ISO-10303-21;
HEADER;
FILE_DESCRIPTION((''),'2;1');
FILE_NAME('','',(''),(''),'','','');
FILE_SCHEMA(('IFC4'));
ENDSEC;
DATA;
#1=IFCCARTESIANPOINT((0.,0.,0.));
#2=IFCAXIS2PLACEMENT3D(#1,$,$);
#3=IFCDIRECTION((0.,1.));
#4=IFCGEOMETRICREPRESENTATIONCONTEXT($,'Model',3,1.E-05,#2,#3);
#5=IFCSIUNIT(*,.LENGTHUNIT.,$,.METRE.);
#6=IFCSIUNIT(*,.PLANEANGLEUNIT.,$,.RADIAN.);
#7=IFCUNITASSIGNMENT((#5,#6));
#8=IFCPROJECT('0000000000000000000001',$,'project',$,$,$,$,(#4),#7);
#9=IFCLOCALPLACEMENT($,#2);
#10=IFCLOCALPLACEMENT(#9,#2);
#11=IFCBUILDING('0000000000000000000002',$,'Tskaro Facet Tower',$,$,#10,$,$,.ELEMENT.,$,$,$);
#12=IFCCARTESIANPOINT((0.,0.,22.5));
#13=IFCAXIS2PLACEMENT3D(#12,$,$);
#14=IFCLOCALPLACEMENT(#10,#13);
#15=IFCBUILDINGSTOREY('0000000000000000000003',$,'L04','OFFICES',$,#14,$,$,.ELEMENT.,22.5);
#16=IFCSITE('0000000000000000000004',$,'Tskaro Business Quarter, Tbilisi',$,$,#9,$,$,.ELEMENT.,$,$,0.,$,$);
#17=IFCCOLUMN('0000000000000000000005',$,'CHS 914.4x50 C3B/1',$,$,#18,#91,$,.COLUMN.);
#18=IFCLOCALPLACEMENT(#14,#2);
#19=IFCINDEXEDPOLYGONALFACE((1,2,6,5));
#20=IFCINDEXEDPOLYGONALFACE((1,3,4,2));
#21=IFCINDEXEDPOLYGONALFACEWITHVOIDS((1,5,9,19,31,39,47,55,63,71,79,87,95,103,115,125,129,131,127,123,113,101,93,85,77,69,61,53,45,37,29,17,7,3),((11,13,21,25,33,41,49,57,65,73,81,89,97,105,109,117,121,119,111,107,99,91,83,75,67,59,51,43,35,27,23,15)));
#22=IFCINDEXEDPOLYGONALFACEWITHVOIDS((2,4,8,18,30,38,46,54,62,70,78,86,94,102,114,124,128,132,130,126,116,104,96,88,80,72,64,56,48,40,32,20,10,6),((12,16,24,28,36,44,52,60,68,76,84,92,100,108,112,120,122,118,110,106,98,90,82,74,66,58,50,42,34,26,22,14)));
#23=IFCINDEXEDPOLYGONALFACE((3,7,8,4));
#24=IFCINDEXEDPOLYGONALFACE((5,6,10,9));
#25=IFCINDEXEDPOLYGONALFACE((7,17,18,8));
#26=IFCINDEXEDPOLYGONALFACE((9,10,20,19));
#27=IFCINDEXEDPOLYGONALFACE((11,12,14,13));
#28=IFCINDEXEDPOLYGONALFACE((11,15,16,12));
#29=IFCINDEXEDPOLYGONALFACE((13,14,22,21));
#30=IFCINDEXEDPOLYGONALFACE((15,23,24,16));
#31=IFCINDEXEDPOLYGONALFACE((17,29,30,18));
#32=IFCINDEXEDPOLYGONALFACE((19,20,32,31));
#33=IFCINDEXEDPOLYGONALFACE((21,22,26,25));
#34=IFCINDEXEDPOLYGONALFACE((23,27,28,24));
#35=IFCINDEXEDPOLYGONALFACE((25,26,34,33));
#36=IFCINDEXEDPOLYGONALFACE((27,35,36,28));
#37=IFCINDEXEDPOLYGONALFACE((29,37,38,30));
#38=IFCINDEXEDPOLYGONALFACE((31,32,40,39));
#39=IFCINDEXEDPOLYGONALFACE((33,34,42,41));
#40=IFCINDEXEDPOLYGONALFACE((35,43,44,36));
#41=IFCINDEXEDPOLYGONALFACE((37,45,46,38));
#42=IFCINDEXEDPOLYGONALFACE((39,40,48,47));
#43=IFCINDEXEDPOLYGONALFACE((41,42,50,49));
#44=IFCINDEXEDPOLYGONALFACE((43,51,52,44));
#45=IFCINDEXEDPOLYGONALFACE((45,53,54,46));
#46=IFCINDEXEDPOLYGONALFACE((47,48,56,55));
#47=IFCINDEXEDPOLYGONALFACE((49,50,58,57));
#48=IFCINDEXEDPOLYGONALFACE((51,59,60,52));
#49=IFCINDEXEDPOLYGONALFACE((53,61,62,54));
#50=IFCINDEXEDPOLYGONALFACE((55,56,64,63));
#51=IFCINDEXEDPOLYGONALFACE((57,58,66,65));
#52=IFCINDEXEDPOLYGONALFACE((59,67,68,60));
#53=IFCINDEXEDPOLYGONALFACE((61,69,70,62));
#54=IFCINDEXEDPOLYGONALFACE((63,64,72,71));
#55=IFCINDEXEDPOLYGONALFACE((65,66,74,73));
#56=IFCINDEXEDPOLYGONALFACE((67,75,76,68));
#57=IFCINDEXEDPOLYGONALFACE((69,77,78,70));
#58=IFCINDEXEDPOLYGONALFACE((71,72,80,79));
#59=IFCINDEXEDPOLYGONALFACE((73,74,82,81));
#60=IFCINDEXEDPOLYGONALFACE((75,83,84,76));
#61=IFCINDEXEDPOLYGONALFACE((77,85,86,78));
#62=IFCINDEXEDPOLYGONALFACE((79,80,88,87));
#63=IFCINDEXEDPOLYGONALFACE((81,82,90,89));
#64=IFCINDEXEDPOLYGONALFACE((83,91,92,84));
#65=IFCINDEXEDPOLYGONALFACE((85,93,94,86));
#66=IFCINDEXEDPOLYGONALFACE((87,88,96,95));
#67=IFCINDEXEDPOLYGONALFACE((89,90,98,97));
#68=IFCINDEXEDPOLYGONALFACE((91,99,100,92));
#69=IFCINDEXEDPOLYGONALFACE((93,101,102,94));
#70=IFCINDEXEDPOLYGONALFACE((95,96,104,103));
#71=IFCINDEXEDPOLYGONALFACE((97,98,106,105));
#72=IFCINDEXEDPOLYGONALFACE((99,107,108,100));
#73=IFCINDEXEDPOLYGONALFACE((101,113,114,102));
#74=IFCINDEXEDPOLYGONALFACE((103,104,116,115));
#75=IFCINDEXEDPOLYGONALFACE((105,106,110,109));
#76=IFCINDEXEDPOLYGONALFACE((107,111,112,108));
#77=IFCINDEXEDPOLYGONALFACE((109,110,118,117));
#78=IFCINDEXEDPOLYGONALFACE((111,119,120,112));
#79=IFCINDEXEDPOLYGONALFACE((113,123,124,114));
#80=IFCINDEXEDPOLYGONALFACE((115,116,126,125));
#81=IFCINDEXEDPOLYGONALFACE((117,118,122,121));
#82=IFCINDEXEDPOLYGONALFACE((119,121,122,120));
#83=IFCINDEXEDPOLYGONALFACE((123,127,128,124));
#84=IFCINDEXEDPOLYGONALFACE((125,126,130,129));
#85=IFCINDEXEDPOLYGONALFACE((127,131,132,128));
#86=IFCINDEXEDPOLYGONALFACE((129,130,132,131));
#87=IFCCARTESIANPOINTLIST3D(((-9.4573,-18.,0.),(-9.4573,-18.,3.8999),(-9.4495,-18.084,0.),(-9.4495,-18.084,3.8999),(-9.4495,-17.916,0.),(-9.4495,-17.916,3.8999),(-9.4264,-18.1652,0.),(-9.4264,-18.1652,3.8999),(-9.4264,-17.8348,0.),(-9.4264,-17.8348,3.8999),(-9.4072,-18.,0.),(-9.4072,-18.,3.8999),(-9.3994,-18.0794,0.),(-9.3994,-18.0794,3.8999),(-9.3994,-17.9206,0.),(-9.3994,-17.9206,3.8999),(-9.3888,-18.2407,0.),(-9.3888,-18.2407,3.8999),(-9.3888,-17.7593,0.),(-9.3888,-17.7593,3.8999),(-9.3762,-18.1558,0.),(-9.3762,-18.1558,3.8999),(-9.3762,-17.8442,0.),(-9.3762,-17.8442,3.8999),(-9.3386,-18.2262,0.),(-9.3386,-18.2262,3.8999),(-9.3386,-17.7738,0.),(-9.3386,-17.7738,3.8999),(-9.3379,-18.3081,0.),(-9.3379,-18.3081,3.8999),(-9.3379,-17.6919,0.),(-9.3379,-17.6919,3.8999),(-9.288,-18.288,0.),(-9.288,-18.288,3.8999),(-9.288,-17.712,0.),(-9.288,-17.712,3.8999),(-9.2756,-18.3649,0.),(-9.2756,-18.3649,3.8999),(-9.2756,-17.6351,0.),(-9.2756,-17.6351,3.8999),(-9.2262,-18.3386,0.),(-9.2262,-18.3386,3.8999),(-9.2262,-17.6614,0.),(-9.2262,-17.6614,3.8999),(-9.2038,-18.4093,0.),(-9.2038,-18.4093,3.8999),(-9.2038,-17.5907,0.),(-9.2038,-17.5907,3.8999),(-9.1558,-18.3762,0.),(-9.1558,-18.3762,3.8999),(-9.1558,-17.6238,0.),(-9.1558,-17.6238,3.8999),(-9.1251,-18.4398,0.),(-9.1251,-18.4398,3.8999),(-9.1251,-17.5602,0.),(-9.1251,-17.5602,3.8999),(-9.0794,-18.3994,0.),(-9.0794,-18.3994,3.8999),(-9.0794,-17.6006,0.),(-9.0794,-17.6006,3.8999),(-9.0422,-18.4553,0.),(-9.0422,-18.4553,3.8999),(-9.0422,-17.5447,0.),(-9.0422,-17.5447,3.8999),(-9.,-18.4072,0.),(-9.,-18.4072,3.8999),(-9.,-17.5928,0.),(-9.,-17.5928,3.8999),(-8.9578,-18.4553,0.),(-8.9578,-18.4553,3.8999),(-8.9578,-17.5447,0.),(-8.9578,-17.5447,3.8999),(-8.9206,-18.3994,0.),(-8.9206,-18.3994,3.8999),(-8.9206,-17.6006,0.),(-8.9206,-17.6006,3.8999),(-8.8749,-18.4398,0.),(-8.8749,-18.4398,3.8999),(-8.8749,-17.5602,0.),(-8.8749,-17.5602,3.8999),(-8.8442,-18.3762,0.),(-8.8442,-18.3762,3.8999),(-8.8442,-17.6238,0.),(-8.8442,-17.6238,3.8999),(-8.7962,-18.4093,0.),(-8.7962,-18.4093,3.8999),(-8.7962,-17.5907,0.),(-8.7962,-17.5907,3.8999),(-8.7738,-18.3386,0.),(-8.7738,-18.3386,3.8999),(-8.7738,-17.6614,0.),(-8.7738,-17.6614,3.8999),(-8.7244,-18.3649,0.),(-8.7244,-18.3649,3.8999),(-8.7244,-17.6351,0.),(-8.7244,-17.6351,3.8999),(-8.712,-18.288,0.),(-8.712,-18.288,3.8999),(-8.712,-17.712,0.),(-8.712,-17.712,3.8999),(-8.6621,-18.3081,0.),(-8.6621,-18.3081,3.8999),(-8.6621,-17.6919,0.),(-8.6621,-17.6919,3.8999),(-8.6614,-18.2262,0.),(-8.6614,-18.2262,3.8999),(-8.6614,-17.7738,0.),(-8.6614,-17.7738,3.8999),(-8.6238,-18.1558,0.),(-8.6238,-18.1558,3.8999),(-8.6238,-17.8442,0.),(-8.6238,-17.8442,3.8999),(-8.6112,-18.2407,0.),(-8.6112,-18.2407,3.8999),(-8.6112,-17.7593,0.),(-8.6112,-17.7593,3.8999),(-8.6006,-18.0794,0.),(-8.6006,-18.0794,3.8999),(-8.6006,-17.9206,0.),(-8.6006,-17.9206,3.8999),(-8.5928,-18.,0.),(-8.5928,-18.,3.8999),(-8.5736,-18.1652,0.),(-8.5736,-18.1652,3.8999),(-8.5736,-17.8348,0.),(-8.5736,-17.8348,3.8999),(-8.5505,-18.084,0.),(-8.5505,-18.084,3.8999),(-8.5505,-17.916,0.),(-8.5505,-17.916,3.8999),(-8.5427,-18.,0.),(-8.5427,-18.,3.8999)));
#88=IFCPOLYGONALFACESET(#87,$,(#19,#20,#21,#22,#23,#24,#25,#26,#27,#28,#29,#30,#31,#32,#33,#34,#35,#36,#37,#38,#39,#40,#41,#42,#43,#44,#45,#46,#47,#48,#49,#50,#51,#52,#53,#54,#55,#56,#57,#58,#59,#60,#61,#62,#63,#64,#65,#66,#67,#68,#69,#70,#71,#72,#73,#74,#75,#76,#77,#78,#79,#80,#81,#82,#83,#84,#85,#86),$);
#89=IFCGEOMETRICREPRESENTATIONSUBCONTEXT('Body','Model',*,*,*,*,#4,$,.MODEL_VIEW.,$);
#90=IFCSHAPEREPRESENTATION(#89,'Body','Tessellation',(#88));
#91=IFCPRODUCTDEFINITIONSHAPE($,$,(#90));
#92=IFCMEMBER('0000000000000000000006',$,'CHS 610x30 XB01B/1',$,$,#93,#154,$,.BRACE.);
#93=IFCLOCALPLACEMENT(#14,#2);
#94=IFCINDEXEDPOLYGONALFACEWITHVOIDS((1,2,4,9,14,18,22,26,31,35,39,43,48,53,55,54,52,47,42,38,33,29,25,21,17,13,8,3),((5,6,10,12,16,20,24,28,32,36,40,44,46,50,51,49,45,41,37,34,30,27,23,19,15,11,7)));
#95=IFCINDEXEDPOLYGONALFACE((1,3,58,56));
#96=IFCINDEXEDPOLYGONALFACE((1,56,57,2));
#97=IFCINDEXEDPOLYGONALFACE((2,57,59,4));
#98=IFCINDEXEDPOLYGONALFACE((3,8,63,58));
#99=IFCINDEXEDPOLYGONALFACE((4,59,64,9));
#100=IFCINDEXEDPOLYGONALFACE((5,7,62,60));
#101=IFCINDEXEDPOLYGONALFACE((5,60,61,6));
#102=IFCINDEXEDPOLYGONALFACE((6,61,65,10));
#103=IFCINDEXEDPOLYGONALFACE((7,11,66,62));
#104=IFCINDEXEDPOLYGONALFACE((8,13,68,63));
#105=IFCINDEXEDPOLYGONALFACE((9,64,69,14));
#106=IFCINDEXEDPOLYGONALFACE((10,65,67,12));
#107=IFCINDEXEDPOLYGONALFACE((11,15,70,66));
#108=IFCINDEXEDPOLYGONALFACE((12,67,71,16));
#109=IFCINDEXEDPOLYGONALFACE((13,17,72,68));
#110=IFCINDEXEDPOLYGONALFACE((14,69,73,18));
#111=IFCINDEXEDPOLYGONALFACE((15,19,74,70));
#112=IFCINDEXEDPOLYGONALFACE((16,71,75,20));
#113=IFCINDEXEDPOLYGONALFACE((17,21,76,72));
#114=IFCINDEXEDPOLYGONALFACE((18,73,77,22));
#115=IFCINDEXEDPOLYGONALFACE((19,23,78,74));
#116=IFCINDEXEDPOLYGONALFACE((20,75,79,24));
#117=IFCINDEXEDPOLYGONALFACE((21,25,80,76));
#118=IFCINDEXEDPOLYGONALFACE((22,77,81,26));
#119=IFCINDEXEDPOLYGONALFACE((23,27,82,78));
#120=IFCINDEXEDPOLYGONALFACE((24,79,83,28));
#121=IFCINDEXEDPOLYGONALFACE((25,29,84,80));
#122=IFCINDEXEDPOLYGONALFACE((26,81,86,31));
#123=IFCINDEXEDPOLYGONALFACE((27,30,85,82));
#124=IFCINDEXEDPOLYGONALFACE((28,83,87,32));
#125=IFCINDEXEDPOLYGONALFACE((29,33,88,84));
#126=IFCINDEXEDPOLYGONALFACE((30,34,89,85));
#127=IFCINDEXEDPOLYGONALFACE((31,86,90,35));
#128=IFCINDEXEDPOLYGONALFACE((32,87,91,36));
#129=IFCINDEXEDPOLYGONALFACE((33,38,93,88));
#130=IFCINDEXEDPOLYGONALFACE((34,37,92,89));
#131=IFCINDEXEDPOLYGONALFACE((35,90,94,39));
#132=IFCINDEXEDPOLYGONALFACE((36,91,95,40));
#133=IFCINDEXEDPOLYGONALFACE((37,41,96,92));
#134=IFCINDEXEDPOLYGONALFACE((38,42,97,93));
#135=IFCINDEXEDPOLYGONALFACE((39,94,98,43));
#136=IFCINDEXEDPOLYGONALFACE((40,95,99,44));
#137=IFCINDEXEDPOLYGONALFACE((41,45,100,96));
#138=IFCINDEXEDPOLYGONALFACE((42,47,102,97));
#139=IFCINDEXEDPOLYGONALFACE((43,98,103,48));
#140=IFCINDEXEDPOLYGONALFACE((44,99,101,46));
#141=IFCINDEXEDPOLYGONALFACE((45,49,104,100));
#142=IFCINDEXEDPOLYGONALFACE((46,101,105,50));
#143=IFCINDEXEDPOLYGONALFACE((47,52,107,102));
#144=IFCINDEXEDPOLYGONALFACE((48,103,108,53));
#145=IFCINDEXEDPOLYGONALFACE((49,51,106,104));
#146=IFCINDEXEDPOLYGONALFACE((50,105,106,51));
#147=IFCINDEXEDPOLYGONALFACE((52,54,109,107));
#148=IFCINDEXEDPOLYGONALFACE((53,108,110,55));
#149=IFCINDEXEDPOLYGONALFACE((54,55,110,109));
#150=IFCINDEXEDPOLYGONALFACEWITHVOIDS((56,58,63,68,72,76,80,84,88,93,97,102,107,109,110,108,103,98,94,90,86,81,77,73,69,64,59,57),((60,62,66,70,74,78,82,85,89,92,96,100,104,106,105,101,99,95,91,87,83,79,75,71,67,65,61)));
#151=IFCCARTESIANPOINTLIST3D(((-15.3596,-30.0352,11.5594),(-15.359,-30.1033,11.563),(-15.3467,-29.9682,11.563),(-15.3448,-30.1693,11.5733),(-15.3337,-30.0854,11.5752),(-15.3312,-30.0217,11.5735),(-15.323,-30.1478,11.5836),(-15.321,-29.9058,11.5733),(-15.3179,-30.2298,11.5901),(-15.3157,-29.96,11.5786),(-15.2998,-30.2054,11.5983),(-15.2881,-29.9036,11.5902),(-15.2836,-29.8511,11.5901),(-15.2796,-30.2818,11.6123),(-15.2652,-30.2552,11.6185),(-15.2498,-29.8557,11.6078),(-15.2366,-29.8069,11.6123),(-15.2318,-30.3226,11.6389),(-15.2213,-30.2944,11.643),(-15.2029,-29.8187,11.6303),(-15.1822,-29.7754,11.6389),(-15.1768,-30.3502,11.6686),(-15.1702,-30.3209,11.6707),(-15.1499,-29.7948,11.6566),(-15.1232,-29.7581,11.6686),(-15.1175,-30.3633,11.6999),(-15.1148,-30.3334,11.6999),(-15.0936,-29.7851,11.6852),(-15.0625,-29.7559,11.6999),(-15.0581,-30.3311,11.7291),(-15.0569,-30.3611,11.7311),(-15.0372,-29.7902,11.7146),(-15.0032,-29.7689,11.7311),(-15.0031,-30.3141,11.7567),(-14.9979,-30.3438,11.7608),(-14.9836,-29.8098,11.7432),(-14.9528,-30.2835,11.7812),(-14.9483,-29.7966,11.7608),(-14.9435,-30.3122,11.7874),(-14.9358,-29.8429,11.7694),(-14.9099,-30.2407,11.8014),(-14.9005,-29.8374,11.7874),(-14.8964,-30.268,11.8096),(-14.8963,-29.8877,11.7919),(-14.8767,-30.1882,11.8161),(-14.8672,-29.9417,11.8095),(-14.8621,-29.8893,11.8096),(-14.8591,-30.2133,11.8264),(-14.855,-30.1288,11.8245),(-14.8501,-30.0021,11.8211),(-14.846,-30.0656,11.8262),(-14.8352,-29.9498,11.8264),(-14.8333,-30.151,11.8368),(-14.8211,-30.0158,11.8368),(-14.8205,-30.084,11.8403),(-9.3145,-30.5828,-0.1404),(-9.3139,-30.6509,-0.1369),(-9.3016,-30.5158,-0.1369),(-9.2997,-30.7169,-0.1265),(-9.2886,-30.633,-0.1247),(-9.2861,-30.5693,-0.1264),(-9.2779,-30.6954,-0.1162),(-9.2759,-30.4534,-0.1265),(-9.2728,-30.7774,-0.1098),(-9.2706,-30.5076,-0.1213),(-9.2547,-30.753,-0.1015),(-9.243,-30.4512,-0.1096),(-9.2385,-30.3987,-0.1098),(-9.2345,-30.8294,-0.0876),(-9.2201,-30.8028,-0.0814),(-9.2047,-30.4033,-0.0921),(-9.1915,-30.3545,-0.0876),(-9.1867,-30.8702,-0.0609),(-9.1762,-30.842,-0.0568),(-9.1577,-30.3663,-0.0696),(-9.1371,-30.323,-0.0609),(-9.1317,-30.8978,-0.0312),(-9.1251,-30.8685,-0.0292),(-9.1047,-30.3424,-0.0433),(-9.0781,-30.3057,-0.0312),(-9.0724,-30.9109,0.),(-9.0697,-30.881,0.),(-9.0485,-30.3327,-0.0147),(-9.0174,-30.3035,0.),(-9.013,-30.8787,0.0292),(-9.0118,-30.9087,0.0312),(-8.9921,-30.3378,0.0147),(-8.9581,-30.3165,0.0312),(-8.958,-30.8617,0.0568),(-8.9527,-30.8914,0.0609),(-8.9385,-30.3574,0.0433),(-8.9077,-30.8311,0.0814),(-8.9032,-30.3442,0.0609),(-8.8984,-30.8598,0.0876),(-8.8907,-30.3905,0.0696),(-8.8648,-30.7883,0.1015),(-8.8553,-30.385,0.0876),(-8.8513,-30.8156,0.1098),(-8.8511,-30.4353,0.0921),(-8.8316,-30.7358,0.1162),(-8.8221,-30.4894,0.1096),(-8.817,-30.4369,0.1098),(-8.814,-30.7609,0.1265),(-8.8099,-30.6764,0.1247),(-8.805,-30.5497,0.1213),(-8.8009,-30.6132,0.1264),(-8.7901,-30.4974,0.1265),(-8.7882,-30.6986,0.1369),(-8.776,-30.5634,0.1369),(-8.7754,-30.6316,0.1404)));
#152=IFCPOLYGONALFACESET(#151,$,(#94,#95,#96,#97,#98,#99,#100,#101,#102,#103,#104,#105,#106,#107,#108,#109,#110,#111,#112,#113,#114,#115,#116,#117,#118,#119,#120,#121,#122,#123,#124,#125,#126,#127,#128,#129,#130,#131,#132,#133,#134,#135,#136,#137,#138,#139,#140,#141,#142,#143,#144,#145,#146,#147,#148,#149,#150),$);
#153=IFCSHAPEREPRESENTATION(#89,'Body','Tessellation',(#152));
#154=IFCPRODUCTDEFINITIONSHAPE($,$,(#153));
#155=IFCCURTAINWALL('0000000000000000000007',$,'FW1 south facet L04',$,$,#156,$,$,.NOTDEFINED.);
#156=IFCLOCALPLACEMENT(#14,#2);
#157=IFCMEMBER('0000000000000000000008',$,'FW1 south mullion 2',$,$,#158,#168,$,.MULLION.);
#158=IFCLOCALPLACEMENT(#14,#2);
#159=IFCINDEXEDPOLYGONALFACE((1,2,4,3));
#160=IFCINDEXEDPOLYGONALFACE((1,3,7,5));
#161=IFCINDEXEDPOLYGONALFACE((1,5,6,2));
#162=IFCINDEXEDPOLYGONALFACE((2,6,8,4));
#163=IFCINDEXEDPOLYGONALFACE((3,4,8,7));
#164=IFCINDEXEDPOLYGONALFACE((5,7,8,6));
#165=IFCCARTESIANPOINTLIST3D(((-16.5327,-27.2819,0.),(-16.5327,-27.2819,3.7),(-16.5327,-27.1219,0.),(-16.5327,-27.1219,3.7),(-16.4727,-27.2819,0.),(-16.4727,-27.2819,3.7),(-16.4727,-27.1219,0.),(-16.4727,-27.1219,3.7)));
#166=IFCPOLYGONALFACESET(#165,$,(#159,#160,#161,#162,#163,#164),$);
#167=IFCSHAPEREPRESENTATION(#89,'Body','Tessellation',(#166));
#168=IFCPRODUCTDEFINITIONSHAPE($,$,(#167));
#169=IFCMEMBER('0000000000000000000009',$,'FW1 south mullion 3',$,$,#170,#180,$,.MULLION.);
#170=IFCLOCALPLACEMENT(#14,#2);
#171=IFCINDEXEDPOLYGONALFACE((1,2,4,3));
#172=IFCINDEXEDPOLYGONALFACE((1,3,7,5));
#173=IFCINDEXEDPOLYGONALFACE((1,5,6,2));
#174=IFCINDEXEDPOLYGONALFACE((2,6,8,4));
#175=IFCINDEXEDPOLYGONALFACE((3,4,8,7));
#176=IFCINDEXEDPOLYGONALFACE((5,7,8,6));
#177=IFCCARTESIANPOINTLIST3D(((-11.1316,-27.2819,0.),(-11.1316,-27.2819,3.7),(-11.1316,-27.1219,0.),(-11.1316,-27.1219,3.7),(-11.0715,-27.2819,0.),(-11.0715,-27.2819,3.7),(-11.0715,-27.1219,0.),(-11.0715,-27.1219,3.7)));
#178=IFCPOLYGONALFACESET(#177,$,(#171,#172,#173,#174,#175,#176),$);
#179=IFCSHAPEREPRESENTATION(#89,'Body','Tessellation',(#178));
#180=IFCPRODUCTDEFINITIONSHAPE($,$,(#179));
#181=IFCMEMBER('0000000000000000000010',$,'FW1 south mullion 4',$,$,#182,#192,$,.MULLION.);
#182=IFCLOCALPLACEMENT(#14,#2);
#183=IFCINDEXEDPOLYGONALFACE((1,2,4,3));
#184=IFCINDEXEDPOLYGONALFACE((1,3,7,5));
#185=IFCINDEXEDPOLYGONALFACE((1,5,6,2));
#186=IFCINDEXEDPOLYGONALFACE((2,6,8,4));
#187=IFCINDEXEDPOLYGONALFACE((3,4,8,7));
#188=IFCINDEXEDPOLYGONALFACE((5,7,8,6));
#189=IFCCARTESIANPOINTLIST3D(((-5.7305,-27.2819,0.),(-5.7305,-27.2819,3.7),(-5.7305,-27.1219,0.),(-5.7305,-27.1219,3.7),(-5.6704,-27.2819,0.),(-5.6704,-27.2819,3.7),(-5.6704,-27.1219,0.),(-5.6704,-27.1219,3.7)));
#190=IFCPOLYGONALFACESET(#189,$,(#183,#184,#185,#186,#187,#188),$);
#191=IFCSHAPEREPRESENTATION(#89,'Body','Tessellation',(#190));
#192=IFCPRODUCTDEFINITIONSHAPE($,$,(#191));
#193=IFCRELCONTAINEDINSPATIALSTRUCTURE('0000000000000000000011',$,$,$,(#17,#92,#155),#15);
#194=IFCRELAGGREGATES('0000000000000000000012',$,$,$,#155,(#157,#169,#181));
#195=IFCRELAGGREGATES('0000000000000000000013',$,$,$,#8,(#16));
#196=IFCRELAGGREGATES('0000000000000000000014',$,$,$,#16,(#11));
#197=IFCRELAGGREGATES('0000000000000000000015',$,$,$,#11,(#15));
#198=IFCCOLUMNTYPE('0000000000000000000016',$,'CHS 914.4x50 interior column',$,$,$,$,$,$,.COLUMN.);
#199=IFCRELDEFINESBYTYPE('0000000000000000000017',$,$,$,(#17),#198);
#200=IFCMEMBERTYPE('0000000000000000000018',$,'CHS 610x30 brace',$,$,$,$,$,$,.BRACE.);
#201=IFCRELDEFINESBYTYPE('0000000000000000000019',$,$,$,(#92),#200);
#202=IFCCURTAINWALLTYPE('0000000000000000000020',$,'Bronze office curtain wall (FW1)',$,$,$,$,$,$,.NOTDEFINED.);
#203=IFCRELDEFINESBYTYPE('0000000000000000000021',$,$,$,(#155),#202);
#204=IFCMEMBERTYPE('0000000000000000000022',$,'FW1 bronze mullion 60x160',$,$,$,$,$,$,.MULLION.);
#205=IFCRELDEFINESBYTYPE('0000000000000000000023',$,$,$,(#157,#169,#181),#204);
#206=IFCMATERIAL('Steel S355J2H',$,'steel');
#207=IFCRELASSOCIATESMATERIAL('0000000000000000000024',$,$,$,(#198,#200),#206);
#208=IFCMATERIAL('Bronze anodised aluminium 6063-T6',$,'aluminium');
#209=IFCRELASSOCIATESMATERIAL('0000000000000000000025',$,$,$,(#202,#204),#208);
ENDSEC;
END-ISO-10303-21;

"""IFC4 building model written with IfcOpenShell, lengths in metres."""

from ifc_helpers import new_model, si_unit, direction, frame, origin, origin_2d, place, context, subcontext, project, spatial, rectangle, hollow_circle, extrude, material, material_profile, profile_set, type_object, element, aggregate, save


model = new_model("IFC4")

# Units and contexts
model_context = context("Model", 3, precision=1e-05, world=origin(), true_north=direction((0.0, 1.0)))
body_context = subcontext(model_context, "Body", "Model", "MODEL_VIEW")
ifc_project = project(units=[si_unit("LENGTHUNIT", "METRE"), si_unit("PLANEANGLEUNIT", "RADIAN")], contexts=[model_context])

# Site, building, storey
site_placement = place(None, origin())
site = spatial("IfcSite", under=ifc_project, at=site_placement, Name="Tskaro Business Quarter, Tbilisi", CompositionType="ELEMENT", RefElevation=0.0)
building_placement = place(site_placement, origin())
building = spatial("IfcBuilding", under=site, at=building_placement, Name="Tskaro Facet Tower", CompositionType="ELEMENT")
storey_placement = place(building_placement, frame((0.0, 0.0, 22.5)))
storey = spatial("IfcBuildingStorey", under=building, at=storey_placement, Name="L04", Description="OFFICES", CompositionType="ELEMENT", Elevation=22.5)

# Column
ifc_material_1 = material(Name="Steel S355J2H", Category="steel")
ifc_material_profile_1 = material_profile(ifc_material_1, hollow_circle(Radius=0.4573, WallThickness=0.05, at=origin_2d()), Name="CHS 914.4x50")
ifc_profile_set_1 = profile_set([ifc_material_profile_1], Name="Steel S355J2H")
column_type_1 = type_object("IfcColumnType", Name="CHS 914.4x50 interior column", PredefinedType="COLUMN", material=ifc_profile_set_1)
column_1_placement = place(storey_placement, frame((-9.0, -18.0, 0.0), z_axis=(0.0, 0.0, 1.0), x_axis=(1.0, 0.0, 0.0)))
element("IfcColumn", 1, at=column_1_placement, inside=storey, type_object=column_type_1, Name="CHS 914.4x50 C3B/1", PredefinedType="COLUMN", context=body_context, shape_type="SweptSolid", body=[
    extrude(hollow_circle(Radius=0.4573, WallThickness=0.05, at=origin_2d()), origin(), (0.0, 0.0, 1.0), 3.8999),
])

# Member
ifc_material_profile_2 = material_profile(ifc_material_1, hollow_circle(Radius=0.3049, WallThickness=0.03, at=origin_2d()), Name="CHS 610x30")
ifc_profile_set_2 = profile_set([ifc_material_profile_2], Name="Steel S355J2H")
member_type_1 = type_object("IfcMemberType", Name="CHS 610x30 brace", PredefinedType="BRACE", material=ifc_profile_set_2)
member_1_placement = place(storey_placement, frame((-9.0449, -30.6072, 0.0), z_axis=(-0.458635, 0.041546, 0.887653), x_axis=(-0.090217, -0.995922, 0.0)))
element("IfcMember", 2, at=member_1_placement, inside=storey, type_object=member_type_1, Name="CHS 610x30 XB01B/1", PredefinedType="BRACE", context=body_context, shape_type="SweptSolid", body=[
    extrude(hollow_circle(Radius=0.3049, WallThickness=0.03, at=origin_2d()), origin(), (0.0, 0.0, 1.0), 13.1807),
])

# Curtain wall, members
ifc_material_2 = material(Name="Bronze anodised aluminium 6063-T6", Category="aluminium")
curtain_wall_type = type_object("IfcCurtainWallType", Name="Bronze office curtain wall (FW1)", PredefinedType="NOTDEFINED", material=ifc_material_2)
curtain_wall_placement = place(storey_placement, origin())
curtain_wall = element("IfcCurtainWall", 3, at=curtain_wall_placement, inside=storey, type_object=curtain_wall_type, Name="FW1 south facet L04", PredefinedType="NOTDEFINED")
ifc_material_profile_3 = material_profile(ifc_material_2, rectangle(XDim=0.0601, YDim=0.1599, at=origin_2d()), Name="Mullion 60x160")
ifc_profile_set_3 = profile_set([ifc_material_profile_3], Name="Bronze anodised aluminium 6063-T6")
member_type_2 = type_object("IfcMemberType", Name="FW1 bronze mullion 60x160", PredefinedType="MULLION", material=ifc_profile_set_3)
member_2_placement = place(storey_placement, frame((-16.5027, -27.2019, 0.0), z_axis=(0.0, 0.0, 1.0), x_axis=(1.0, 0.0, 0.0)))
member_2 = element("IfcMember", 4, at=member_2_placement, type_object=member_type_2, Name="FW1 south mullion 2", PredefinedType="MULLION", context=body_context, shape_type="SweptSolid", body=[
    extrude(rectangle(XDim=0.0601, YDim=0.1599, at=origin_2d()), origin(), (0.0, 0.0, 1.0), 3.7),
])
member_3_placement = place(storey_placement, frame((-11.1016, -27.2019, 0.0), z_axis=(0.0, 0.0, 1.0), x_axis=(1.0, 0.0, 0.0)))
member_3 = element("IfcMember", 5, at=member_3_placement, type_object=member_type_2, Name="FW1 south mullion 3", PredefinedType="MULLION", context=body_context, shape_type="SweptSolid", body=[
    extrude(rectangle(XDim=0.0601, YDim=0.1599, at=origin_2d()), origin(), (0.0, 0.0, 1.0), 3.7),
])
member_4_placement = place(storey_placement, frame((-5.7004, -27.2019, 0.0), z_axis=(0.0, 0.0, 1.0), x_axis=(1.0, 0.0, 0.0)))
member_4 = element("IfcMember", 6, at=member_4_placement, type_object=member_type_2, Name="FW1 south mullion 4", PredefinedType="MULLION", context=body_context, shape_type="SweptSolid", body=[
    extrude(rectangle(XDim=0.0601, YDim=0.1599, at=origin_2d()), origin(), (0.0, 0.0, 1.0), 3.7),
])

aggregate(curtain_wall, [member_2, member_3, member_4])

save(model, "model.ifc")
